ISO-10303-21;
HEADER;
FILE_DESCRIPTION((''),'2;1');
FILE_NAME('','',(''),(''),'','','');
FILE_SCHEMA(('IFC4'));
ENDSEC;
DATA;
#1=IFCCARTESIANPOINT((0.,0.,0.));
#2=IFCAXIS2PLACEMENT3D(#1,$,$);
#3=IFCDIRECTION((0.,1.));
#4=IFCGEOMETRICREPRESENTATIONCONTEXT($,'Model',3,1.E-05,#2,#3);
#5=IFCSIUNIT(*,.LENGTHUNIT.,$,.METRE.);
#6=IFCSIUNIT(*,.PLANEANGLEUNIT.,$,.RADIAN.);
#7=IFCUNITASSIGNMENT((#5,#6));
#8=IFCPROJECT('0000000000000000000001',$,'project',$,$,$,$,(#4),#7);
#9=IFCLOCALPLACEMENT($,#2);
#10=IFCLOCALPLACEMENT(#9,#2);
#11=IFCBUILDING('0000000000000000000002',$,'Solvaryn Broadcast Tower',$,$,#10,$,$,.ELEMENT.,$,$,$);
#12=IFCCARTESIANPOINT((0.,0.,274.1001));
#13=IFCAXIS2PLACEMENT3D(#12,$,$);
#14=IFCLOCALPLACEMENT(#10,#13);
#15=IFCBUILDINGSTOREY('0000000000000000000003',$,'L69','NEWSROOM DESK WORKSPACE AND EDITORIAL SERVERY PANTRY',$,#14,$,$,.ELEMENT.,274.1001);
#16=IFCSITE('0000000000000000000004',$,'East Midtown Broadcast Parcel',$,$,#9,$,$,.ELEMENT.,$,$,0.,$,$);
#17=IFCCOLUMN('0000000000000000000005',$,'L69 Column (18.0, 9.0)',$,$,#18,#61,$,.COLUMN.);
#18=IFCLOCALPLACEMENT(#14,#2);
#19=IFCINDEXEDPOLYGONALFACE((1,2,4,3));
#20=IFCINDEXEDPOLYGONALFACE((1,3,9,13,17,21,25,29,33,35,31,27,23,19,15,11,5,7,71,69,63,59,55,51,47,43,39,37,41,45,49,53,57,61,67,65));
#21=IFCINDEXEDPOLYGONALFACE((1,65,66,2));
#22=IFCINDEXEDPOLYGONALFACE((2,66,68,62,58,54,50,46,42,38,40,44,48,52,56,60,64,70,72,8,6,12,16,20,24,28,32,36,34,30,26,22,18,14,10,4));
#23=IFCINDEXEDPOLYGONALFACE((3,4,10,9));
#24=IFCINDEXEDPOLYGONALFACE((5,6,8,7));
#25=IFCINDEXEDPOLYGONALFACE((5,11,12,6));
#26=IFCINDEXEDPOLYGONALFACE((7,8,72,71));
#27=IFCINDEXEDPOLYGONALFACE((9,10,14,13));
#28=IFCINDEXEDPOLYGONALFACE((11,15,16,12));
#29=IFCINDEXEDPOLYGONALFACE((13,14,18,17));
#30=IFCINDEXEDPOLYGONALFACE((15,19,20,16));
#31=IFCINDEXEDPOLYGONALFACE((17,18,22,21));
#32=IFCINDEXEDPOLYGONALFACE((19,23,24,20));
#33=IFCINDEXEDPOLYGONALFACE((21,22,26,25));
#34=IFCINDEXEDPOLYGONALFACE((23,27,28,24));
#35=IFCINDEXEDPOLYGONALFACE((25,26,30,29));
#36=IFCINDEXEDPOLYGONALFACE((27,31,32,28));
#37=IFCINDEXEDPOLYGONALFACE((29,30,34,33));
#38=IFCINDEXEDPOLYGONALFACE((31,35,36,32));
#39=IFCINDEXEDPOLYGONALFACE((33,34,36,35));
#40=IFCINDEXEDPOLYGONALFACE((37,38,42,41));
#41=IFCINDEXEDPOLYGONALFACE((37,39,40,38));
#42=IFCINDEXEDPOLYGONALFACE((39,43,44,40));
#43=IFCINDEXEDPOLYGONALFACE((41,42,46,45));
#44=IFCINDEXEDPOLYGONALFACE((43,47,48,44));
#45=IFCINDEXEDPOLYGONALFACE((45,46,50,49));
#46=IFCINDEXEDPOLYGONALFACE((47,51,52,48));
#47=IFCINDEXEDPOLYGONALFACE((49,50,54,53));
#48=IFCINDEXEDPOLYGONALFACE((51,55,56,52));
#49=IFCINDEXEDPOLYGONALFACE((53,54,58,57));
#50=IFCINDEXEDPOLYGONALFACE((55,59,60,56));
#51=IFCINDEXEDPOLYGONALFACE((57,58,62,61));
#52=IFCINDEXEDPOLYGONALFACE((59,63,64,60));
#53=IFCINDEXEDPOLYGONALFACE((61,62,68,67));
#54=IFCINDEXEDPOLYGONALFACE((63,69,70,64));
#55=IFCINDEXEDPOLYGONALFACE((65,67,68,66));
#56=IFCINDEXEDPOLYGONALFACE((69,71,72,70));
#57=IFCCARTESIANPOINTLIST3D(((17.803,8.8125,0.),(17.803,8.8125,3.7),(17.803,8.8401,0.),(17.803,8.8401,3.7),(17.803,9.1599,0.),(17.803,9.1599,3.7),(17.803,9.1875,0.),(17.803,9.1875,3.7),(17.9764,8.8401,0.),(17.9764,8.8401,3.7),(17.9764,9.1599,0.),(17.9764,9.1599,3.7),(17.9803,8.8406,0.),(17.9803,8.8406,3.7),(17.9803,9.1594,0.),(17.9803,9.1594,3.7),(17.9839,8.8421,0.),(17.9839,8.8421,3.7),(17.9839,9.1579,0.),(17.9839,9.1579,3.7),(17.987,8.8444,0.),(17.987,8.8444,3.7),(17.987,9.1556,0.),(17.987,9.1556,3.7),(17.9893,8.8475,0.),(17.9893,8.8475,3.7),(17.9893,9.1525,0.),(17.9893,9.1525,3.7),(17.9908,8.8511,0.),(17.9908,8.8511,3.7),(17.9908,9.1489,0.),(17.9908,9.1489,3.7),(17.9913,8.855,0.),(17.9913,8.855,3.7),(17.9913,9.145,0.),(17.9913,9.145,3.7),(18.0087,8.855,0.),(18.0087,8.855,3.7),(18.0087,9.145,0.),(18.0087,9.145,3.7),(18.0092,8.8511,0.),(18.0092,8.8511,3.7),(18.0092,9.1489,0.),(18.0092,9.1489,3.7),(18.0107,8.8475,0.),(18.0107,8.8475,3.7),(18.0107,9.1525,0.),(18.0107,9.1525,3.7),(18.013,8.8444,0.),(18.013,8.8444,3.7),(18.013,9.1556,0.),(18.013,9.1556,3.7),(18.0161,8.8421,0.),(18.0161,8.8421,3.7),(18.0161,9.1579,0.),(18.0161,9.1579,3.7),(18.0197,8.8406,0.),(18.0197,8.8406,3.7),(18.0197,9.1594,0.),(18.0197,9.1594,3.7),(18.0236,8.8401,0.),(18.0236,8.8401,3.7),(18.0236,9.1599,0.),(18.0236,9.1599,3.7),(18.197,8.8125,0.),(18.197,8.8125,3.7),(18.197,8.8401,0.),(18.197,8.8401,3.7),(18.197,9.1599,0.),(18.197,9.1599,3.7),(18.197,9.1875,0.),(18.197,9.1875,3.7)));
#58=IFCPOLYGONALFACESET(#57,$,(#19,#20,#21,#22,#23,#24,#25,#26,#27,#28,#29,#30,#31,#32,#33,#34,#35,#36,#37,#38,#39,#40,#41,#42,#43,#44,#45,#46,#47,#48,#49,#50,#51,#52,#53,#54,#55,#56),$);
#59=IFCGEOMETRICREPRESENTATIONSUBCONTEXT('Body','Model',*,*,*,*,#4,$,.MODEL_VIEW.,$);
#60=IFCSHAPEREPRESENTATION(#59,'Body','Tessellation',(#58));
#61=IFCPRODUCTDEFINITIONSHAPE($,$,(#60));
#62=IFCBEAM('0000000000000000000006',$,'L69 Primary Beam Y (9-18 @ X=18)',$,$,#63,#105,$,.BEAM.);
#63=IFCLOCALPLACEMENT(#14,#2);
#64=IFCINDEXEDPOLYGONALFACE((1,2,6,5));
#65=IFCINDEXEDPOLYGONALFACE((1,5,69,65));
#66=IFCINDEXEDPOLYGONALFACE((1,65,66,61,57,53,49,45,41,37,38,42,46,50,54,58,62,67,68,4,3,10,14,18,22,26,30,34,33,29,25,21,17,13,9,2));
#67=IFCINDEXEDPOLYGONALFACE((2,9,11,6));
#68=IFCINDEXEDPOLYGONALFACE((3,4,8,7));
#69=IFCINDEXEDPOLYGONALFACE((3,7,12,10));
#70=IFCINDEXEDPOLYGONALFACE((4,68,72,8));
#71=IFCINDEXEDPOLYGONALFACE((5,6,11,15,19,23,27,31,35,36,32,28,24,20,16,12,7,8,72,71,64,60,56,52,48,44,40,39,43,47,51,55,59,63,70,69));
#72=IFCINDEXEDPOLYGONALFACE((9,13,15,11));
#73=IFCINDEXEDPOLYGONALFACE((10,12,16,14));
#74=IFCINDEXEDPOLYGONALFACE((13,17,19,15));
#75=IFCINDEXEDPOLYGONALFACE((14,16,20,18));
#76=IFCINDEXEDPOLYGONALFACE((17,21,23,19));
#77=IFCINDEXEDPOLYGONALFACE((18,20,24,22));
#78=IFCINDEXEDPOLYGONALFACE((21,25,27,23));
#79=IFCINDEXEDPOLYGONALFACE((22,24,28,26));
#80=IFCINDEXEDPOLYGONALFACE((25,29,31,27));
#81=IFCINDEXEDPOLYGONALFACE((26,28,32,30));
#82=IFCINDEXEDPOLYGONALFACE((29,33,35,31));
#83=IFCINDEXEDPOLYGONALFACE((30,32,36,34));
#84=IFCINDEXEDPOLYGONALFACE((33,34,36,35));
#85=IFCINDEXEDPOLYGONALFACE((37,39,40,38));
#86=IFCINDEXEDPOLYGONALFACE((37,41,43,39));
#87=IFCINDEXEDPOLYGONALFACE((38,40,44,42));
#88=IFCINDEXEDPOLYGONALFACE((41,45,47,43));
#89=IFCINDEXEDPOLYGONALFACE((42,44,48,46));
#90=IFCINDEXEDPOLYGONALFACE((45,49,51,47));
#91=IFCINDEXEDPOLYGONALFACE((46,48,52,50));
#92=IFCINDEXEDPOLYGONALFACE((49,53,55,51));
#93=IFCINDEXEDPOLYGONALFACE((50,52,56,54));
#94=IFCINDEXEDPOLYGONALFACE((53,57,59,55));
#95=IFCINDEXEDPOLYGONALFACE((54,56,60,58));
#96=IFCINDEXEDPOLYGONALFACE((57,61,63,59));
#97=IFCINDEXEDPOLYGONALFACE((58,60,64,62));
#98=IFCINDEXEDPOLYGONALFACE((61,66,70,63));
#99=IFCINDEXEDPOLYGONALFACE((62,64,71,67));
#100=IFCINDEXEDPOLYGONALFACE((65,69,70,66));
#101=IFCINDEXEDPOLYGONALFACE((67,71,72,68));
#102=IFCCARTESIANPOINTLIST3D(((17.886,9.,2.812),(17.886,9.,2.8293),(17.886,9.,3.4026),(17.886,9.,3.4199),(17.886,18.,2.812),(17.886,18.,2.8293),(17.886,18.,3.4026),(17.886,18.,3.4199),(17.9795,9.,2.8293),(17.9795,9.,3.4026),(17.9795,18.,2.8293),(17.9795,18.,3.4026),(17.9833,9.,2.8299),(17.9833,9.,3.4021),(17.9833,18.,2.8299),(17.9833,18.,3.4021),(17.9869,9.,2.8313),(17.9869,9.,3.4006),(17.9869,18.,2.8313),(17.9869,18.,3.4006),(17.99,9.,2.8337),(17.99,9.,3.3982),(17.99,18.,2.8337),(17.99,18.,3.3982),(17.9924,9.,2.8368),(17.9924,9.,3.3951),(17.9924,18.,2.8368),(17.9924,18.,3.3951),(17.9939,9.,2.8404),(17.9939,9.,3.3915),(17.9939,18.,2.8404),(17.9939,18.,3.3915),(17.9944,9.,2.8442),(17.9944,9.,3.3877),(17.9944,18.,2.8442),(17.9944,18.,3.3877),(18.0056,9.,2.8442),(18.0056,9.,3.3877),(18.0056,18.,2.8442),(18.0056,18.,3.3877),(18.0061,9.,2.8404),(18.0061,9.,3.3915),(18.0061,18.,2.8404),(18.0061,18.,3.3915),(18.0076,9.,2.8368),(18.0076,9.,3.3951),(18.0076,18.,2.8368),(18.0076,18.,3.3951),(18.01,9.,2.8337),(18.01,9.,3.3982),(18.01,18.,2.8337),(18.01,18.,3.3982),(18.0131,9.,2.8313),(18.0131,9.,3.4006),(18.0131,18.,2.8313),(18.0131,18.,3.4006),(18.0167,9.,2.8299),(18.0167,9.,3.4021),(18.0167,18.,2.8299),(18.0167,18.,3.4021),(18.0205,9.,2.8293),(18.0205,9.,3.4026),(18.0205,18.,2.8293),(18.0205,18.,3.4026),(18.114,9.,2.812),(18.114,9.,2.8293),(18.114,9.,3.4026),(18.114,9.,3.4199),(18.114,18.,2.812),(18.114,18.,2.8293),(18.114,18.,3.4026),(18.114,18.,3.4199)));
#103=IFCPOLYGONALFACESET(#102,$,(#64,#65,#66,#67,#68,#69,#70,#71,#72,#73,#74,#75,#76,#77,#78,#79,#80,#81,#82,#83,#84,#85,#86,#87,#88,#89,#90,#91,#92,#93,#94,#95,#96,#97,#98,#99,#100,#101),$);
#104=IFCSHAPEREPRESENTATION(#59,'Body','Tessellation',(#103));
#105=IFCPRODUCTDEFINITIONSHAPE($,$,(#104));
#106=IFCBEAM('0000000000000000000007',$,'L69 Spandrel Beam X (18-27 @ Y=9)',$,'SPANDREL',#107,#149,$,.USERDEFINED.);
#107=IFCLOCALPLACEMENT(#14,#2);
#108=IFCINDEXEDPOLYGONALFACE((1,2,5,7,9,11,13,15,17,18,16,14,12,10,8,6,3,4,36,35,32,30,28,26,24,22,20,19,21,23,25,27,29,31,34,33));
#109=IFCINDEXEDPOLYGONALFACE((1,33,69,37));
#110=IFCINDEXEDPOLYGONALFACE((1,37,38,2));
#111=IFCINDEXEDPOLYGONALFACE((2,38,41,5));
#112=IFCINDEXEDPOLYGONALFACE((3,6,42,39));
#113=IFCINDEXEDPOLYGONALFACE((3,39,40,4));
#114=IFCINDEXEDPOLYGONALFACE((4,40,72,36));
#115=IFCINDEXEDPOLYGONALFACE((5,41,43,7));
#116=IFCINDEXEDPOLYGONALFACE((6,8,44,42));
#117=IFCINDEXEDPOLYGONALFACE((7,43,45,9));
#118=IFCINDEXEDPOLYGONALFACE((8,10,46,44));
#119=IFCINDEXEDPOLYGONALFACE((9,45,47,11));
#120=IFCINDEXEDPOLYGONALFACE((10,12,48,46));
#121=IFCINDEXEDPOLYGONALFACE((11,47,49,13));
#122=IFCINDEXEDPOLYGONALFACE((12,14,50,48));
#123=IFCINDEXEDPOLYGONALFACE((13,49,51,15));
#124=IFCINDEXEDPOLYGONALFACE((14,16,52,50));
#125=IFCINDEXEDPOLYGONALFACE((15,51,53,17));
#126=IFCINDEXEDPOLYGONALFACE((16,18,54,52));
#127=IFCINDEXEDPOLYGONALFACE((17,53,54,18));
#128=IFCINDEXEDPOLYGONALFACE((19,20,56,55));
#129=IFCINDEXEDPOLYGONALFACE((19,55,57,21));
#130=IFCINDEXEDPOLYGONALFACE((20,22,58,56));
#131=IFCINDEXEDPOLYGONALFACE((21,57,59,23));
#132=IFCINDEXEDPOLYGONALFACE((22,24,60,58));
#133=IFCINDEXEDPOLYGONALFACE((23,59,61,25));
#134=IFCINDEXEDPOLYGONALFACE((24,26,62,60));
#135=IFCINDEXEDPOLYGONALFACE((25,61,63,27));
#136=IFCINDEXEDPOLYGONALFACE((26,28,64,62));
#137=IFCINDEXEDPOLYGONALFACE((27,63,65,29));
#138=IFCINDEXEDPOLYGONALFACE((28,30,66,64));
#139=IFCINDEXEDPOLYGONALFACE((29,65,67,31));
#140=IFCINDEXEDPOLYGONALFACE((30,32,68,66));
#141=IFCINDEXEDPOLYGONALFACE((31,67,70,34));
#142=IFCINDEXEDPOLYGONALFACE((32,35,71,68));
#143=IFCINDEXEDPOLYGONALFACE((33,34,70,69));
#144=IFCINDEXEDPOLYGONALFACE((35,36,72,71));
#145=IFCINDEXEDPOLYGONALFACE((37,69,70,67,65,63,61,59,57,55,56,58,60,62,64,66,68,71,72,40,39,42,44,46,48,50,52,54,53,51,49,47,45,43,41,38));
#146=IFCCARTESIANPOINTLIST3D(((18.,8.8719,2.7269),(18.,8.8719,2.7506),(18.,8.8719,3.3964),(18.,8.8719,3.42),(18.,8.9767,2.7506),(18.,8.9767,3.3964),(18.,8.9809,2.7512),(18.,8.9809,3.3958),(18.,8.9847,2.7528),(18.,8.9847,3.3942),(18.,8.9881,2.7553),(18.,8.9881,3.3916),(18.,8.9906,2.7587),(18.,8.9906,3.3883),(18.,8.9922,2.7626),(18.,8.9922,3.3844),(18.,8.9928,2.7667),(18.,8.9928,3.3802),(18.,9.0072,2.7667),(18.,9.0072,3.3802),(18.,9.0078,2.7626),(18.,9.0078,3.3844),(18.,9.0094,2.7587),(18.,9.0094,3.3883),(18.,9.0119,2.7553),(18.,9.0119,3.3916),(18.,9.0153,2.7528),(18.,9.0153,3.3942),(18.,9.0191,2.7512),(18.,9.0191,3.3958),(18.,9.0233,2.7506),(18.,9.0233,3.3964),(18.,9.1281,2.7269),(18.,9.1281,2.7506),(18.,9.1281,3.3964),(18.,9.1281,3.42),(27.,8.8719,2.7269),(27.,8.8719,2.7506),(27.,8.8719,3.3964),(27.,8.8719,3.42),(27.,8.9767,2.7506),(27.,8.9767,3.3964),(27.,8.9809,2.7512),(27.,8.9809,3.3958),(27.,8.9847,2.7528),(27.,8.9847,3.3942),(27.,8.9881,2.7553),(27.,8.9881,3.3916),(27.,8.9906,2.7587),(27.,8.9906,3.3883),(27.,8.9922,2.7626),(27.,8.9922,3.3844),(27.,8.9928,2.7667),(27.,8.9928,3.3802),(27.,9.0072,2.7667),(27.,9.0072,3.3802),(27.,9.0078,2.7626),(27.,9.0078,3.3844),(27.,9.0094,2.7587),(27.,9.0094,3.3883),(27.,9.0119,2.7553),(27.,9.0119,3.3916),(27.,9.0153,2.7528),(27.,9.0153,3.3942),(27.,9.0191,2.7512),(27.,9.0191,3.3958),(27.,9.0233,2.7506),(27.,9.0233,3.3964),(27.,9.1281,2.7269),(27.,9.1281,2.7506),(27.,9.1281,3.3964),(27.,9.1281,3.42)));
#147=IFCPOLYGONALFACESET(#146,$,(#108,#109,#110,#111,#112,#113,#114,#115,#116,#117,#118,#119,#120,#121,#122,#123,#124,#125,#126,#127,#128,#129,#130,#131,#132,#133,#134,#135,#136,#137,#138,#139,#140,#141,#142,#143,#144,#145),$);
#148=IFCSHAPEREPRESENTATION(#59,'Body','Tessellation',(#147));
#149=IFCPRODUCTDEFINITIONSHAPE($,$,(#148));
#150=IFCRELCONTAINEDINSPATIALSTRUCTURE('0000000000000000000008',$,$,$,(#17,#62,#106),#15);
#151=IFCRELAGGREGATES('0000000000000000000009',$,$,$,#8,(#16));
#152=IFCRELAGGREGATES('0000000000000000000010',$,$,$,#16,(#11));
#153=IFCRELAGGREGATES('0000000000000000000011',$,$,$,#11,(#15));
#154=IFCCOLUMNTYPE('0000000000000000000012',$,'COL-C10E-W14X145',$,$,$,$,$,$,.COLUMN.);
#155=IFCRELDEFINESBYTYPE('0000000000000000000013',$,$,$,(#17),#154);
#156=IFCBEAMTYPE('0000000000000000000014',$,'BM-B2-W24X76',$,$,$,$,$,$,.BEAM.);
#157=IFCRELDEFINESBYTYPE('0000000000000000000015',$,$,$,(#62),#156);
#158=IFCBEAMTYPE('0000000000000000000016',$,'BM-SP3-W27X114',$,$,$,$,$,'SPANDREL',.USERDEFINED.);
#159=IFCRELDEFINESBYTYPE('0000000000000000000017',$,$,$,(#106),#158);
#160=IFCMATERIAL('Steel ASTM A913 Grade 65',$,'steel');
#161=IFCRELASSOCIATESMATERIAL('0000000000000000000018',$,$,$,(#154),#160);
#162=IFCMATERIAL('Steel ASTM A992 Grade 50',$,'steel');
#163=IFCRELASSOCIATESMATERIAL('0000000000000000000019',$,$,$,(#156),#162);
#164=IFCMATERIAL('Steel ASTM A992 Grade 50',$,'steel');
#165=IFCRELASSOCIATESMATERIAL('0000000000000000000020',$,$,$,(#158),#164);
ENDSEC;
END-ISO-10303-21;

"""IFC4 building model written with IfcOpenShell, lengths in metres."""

from ifc_helpers import new_model, si_unit, direction, frame, origin, origin_2d, place, context, subcontext, project, spatial, i_section, extrude, material, material_profile, profile_set, type_object, element, save


model = new_model("IFC4")

# Units and contexts
model_context = context("Model", 3, precision=1e-05, world=origin(), true_north=direction((0.0, 1.0)))
body_context = subcontext(model_context, "Body", "Model", "MODEL_VIEW")
ifc_project = project(units=[si_unit("LENGTHUNIT", "METRE"), si_unit("PLANEANGLEUNIT", "RADIAN")], contexts=[model_context])

# Site, building, storey
site_placement = place(None, origin())
site = spatial("IfcSite", under=ifc_project, at=site_placement, Name="East Midtown Broadcast Parcel", CompositionType="ELEMENT", RefElevation=0.0)
building_placement = place(site_placement, origin())
building = spatial("IfcBuilding", under=site, at=building_placement, Name="Solvaryn Broadcast Tower", CompositionType="ELEMENT")
storey_placement = place(building_placement, frame((0.0, 0.0, 274.1001)))
storey = spatial("IfcBuildingStorey", under=building, at=storey_placement, Name="L69", Description="NEWSROOM DESK WORKSPACE AND EDITORIAL SERVERY PANTRY", CompositionType="ELEMENT", Elevation=274.1001)

# Column
ifc_material_1 = material(Name="Steel ASTM A913 Grade 65", Category="steel")
ifc_material_profile_1 = material_profile(ifc_material_1, i_section(OverallWidth=0.394, OverallDepth=0.375, WebThickness=0.0173, FlangeThickness=0.0276, FilletRadius=0.0149, at=origin_2d()))
ifc_profile_set_1 = profile_set([ifc_material_profile_1], Name="Steel ASTM A913 Grade 65")
column_type = type_object("IfcColumnType", Name="COL-C10E-W14X145", PredefinedType="COLUMN", material=ifc_profile_set_1)
column_placement = place(storey_placement, frame((18.0, 9.0, 0.0), z_axis=(0.0, 0.0, 1.0), x_axis=(1.0, 0.0, 0.0)))
element("IfcColumn", 1, at=column_placement, inside=storey, type_object=column_type, Name="L69 Column (18.0, 9.0)", PredefinedType="COLUMN", context=body_context, shape_type="SweptSolid", body=[
    extrude(i_section(OverallWidth=0.394, OverallDepth=0.375, WebThickness=0.0173, FlangeThickness=0.0276, FilletRadius=0.0149, at=origin_2d()), origin(), (0.0, 0.0, 1.0), 3.7),
])

# Beams
ifc_material_2 = material(Name="Steel ASTM A992 Grade 50", Category="steel")
ifc_material_profile_2 = material_profile(ifc_material_2, i_section(OverallWidth=0.228, OverallDepth=0.6079, WebThickness=0.0112, FlangeThickness=0.0173, FilletRadius=0.0149, at=origin_2d()))
ifc_profile_set_2 = profile_set([ifc_material_profile_2], Name="Steel ASTM A992 Grade 50")
beam_type_1 = type_object("IfcBeamType", Name="BM-B2-W24X76", PredefinedType="BEAM", material=ifc_profile_set_2)
beam_1_placement = place(storey_placement, frame((18.0, 9.0, 3.116), z_axis=(0.0, 1.0, 0.0), x_axis=(-1.0, 0.0, 0.0)))
element("IfcBeam", 2, at=beam_1_placement, inside=storey, type_object=beam_type_1, Name="L69 Primary Beam Y (9-18 @ X=18)", PredefinedType="BEAM", context=body_context, shape_type="SweptSolid", body=[
    extrude(i_section(OverallWidth=0.228, OverallDepth=0.6079, WebThickness=0.0112, FlangeThickness=0.0173, FilletRadius=0.0149, at=origin_2d()), origin(), (0.0, 0.0, 1.0), 9.0),
])
ifc_material_3 = material(Name="Steel ASTM A992 Grade 50", Category="steel")
ifc_material_profile_3 = material_profile(ifc_material_3, i_section(OverallWidth=0.2561, OverallDepth=0.6931, WebThickness=0.0144, FlangeThickness=0.0237, FilletRadius=0.0161, at=origin_2d()))
ifc_profile_set_3 = profile_set([ifc_material_profile_3], Name="Steel ASTM A992 Grade 50")
beam_type_2 = type_object("IfcBeamType", Name="BM-SP3-W27X114", ElementType="SPANDREL", PredefinedType="USERDEFINED", material=ifc_profile_set_3)
beam_2_placement = place(storey_placement, frame((18.0, 9.0, 3.0735), z_axis=(1.0, 0.0, 0.0), x_axis=(0.0, 1.0, 0.0)))
element("IfcBeam", 3, at=beam_2_placement, inside=storey, type_object=beam_type_2, Name="L69 Spandrel Beam X (18-27 @ Y=9)", ObjectType="SPANDREL", PredefinedType="USERDEFINED", context=body_context, shape_type="SweptSolid", body=[
    extrude(i_section(OverallWidth=0.2561, OverallDepth=0.6931, WebThickness=0.0144, FlangeThickness=0.0237, FilletRadius=0.0161, at=origin_2d()), origin(), (0.0, 0.0, 1.0), 9.0),
])

save(model, "model.ifc")
